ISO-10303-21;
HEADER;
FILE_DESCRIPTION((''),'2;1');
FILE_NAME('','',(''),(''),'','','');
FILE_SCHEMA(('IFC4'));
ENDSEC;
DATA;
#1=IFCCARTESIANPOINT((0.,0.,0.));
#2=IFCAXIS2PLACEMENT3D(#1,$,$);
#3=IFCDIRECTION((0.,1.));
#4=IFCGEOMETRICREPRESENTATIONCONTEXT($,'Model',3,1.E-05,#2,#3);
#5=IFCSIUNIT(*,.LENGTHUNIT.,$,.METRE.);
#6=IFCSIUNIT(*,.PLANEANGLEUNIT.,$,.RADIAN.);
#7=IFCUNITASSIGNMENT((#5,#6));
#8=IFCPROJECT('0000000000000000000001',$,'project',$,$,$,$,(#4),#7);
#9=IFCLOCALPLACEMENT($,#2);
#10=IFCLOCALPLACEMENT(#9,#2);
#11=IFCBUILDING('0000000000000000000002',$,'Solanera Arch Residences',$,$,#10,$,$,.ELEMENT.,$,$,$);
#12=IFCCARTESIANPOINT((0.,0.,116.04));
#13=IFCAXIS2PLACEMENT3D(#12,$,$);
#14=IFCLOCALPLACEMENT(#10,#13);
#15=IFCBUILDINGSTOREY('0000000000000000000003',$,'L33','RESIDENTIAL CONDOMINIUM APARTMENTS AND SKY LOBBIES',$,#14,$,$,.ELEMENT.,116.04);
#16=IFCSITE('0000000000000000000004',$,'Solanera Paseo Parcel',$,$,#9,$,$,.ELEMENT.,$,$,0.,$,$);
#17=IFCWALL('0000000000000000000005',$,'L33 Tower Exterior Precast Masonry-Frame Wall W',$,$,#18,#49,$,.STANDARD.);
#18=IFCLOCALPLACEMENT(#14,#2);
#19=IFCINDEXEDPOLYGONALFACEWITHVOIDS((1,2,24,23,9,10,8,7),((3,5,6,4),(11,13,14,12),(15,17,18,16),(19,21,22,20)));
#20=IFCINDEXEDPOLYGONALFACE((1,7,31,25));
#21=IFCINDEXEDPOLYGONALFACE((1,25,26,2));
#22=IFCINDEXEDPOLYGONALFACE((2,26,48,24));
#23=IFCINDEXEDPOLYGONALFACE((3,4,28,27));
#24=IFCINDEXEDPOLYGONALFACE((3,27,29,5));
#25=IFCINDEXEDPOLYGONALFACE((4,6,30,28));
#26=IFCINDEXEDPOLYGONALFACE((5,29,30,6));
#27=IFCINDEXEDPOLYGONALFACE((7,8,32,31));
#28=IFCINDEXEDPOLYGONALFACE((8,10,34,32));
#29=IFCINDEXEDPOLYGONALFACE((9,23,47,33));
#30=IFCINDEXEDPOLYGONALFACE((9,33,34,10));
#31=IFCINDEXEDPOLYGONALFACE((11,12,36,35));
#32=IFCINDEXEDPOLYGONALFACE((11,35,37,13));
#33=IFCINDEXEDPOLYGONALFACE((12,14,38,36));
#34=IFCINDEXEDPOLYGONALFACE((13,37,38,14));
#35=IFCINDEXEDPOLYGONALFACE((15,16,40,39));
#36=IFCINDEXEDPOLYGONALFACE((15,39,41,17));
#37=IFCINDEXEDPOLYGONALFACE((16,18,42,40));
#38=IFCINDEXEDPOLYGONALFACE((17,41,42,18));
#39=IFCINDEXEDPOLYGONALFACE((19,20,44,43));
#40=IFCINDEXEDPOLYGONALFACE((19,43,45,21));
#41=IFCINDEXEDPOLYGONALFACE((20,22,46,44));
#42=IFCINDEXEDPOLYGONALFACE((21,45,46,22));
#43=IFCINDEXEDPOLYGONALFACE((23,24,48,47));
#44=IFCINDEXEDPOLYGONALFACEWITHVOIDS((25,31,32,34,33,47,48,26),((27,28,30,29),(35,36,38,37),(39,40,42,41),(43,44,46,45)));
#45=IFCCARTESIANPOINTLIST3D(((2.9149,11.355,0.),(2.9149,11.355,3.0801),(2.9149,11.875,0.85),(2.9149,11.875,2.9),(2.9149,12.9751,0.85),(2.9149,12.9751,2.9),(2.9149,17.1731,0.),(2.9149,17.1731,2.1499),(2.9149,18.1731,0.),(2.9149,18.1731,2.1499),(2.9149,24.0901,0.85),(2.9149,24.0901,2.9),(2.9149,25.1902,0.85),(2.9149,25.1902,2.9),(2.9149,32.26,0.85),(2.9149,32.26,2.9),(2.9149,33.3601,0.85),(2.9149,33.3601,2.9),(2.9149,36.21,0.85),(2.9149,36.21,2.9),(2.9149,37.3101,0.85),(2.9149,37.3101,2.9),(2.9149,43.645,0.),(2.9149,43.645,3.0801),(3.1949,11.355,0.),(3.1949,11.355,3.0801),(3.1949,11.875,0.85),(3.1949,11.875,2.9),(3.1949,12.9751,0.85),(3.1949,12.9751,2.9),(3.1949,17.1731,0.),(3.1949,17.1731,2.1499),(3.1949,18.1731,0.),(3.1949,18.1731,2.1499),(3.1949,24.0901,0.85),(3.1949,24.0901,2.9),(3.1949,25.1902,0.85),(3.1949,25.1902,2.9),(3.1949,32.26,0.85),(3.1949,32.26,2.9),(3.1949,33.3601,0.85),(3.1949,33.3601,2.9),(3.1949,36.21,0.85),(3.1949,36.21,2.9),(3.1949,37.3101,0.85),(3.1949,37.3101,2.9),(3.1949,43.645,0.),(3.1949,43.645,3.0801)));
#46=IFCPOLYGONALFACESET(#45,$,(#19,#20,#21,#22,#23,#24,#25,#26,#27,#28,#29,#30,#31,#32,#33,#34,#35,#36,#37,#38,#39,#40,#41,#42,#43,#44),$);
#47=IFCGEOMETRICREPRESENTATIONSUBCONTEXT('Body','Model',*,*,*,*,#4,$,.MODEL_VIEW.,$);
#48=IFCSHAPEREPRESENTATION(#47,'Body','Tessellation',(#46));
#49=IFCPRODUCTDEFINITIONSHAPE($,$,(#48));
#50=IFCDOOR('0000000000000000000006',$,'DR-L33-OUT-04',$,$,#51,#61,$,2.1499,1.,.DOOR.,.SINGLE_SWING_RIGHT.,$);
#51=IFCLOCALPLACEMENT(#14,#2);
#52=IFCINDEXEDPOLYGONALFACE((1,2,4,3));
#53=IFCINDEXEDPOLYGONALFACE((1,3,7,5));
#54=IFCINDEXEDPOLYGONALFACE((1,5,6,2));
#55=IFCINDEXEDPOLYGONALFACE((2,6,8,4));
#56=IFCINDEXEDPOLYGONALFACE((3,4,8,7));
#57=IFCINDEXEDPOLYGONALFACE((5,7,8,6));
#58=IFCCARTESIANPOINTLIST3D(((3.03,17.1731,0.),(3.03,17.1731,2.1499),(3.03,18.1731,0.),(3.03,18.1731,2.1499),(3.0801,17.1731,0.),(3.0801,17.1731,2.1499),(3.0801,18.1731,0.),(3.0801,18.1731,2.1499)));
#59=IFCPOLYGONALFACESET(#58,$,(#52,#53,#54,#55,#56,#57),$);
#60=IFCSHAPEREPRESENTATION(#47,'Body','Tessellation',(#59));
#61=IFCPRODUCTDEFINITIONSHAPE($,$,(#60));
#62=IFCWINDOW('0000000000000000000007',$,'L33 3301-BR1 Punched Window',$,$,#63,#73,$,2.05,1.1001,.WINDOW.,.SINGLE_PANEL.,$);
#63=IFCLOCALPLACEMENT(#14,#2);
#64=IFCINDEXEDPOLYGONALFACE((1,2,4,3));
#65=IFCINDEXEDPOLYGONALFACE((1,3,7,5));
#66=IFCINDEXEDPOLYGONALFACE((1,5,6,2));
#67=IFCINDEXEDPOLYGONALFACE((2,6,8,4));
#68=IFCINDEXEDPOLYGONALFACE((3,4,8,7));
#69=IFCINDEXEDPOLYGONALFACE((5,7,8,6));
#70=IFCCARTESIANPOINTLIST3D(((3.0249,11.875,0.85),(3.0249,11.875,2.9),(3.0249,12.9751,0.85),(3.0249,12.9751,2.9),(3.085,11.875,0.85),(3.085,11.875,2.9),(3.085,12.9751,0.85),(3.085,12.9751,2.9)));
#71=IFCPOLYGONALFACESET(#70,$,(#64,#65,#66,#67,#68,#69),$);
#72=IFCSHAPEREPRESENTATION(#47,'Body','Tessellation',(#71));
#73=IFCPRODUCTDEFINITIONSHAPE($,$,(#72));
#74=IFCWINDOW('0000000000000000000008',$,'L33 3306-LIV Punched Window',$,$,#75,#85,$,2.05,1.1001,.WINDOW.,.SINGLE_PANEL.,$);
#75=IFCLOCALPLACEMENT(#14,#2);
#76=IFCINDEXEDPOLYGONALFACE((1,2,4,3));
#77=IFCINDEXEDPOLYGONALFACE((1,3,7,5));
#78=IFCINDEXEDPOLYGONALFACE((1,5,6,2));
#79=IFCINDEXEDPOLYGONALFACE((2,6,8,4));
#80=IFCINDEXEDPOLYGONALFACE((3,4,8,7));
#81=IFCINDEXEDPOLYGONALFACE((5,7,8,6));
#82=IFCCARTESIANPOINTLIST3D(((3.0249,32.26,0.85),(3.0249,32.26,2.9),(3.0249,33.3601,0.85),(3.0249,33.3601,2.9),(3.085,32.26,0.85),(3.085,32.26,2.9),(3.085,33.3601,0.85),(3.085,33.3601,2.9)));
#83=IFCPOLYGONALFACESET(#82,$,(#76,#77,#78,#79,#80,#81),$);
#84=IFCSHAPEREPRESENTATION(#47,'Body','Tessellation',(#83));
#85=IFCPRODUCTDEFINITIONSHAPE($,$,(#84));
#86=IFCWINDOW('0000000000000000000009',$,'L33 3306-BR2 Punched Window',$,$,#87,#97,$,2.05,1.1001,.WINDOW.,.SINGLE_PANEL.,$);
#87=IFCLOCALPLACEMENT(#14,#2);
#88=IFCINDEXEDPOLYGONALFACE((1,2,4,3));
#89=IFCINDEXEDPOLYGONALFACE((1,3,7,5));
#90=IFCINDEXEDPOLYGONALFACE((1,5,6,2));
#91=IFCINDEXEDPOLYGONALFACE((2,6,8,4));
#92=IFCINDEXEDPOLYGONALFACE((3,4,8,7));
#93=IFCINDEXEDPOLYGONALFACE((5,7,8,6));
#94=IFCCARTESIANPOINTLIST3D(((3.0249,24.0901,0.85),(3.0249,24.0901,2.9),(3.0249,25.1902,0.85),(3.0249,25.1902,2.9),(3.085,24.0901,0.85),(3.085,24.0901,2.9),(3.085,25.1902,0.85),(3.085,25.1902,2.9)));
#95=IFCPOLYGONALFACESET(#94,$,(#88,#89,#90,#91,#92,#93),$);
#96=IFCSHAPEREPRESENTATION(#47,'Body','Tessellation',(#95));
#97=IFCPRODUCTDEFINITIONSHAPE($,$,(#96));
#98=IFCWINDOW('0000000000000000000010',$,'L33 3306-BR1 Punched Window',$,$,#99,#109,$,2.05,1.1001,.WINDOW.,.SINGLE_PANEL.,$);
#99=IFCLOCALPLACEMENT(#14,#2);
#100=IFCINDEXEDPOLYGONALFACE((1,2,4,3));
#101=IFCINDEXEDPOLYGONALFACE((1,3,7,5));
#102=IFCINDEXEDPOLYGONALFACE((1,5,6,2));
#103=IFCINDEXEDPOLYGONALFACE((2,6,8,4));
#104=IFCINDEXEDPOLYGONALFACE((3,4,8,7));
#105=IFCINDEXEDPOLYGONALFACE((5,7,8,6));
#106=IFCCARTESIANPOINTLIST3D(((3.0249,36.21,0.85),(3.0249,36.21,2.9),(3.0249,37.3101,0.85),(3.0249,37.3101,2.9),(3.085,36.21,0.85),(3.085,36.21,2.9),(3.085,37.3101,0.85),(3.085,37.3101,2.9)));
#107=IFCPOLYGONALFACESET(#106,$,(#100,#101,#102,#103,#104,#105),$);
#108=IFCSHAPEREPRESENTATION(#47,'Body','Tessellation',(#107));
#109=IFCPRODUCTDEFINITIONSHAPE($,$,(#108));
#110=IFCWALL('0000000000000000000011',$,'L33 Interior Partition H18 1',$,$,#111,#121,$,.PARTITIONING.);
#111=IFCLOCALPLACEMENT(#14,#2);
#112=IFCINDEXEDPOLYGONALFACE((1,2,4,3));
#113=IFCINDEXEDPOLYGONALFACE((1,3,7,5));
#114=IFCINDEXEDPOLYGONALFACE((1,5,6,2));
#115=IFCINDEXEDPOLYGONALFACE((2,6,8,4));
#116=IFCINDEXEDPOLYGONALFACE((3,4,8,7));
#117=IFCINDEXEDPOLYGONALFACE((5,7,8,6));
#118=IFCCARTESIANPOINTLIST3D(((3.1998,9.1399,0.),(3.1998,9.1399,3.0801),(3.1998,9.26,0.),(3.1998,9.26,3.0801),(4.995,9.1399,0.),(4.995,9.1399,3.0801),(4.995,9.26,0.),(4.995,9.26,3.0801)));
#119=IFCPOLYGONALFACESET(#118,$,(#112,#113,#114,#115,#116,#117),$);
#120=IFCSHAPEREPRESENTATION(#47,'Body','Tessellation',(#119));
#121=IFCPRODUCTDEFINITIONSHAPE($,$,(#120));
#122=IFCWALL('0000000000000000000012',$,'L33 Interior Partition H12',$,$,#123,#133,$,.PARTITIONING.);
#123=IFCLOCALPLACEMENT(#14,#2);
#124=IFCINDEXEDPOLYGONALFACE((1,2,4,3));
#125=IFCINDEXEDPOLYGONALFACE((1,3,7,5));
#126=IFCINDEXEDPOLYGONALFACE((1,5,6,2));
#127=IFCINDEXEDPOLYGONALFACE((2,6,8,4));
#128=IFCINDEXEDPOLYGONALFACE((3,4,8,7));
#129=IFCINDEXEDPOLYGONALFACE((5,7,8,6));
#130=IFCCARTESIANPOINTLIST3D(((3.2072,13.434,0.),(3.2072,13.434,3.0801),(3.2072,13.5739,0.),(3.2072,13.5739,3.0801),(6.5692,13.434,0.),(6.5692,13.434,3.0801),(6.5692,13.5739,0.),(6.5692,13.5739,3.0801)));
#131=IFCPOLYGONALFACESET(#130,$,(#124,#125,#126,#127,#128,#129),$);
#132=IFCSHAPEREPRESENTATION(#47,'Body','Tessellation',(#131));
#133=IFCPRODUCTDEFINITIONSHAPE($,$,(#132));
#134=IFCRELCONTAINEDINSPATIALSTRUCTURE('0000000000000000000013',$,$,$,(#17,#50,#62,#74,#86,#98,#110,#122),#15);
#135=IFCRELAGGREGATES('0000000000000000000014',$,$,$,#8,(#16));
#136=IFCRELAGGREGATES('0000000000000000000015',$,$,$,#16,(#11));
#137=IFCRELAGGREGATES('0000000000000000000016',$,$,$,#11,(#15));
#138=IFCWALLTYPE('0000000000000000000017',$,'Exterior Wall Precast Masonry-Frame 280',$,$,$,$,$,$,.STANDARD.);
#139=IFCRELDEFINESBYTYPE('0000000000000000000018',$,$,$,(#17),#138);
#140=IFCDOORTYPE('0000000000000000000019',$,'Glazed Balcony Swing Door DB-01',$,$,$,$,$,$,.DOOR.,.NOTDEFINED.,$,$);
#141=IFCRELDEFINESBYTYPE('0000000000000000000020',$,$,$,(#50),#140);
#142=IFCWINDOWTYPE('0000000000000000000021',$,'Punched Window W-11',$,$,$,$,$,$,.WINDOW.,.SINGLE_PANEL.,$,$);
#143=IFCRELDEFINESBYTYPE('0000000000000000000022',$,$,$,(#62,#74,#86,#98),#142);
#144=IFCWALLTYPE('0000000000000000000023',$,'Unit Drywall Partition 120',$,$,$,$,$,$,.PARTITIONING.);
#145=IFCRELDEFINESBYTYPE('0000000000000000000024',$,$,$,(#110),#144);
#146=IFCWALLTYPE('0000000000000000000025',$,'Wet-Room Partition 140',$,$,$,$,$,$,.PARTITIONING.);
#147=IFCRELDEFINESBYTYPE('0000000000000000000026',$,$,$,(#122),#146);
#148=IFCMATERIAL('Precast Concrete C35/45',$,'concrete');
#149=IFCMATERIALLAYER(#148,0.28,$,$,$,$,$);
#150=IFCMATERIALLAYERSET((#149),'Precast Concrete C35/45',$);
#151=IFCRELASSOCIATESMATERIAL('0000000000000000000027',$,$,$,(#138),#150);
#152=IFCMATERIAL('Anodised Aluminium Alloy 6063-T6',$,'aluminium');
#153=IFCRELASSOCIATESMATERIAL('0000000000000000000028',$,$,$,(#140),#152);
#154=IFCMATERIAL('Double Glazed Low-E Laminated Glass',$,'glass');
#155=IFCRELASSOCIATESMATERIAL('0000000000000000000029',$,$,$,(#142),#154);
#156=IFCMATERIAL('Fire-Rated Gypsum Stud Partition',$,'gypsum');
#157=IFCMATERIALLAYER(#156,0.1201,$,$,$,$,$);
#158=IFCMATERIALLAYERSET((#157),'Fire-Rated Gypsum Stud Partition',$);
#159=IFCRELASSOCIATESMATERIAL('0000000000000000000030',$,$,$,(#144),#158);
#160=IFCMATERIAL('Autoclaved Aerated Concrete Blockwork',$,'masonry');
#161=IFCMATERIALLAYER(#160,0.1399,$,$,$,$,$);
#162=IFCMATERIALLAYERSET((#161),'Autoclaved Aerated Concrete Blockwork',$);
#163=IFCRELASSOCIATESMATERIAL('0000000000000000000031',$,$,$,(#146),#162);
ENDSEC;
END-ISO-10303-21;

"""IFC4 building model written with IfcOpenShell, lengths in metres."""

from ifc_helpers import new_model, si_unit, direction, frame, frame_2d, origin, place, context, subcontext, project, spatial, rectangle, extrude, material, layer, layer_set, type_object, element, fill, save


model = new_model("IFC4")

# Units and contexts
model_context = context("Model", 3, precision=1e-05, world=origin(), true_north=direction((0.0, 1.0)))
body_context = subcontext(model_context, "Body", "Model", "MODEL_VIEW")
ifc_project = project(units=[si_unit("LENGTHUNIT", "METRE"), si_unit("PLANEANGLEUNIT", "RADIAN")], contexts=[model_context])

# Site, building, storey
site_placement = place(None, origin())
site = spatial("IfcSite", under=ifc_project, at=site_placement, Name="Solanera Paseo Parcel", CompositionType="ELEMENT", RefElevation=0.0)
building_placement = place(site_placement, origin())
building = spatial("IfcBuilding", under=site, at=building_placement, Name="Solanera Arch Residences", CompositionType="ELEMENT")
storey_placement = place(building_placement, frame((0.0, 0.0, 116.04)))
storey = spatial("IfcBuildingStorey", under=building, at=storey_placement, Name="L33", Description="RESIDENTIAL CONDOMINIUM APARTMENTS AND SKY LOBBIES", CompositionType="ELEMENT", Elevation=116.04)

# Wall, openings, door, windows
ifc_material_1 = material(Name="Precast Concrete C35/45", Category="concrete")
ifc_layer_1 = layer(ifc_material_1, 0.28)
ifc_layer_set_1 = layer_set([ifc_layer_1], Name="Precast Concrete C35/45")
wall_type_1 = type_object("IfcWallType", Name="Exterior Wall Precast Masonry-Frame 280", PredefinedType="STANDARD", material=ifc_layer_set_1)
wall_1_placement = place(storey_placement, frame((3.0549, 11.355, 0.0), z_axis=(0.0, 0.0, 1.0), x_axis=(0.0, 1.0, 0.0)))
wall_1 = element("IfcWall", 1, at=wall_1_placement, inside=storey, type_object=wall_type_1, Name="L33 Tower Exterior Precast Masonry-Frame Wall W", PredefinedType="STANDARD", context=body_context, shape_type="SweptSolid", body=[
    extrude(rectangle(XDim=32.29, YDim=0.28, at=frame_2d((16.145, 0.0))), origin(), (0.0, 0.0, 1.0), 3.0801),
])
opening_1_placement = place(wall_1_placement, frame((5.8181, 0.0, 0.0)))
opening_1 = element("IfcOpeningElement", 2, at=opening_1_placement, cuts=wall_1, PredefinedType="OPENING", context=body_context, shape_type="SweptSolid", body=[
    extrude(rectangle(XDim=1.0, YDim=2.1499, at=frame_2d((0.5, 1.075))), frame((0.0, 0.1499, 0.0), z_axis=(0.0, -1.0, 0.0), x_axis=(1.0, 0.0, 0.0)), (0.0, 0.0, 1.0), 0.3),
])
opening_2_placement = place(wall_1_placement, frame((0.52, 0.0, 0.8501)))
opening_2 = element("IfcOpeningElement", 3, at=opening_2_placement, cuts=wall_1, PredefinedType="OPENING", context=body_context, shape_type="SweptSolid", body=[
    extrude(rectangle(XDim=1.1001, YDim=2.05, at=frame_2d((0.55, 1.0249))), frame((0.0, 0.1499, 0.0), z_axis=(0.0, -1.0, 0.0), x_axis=(1.0, 0.0, 0.0)), (0.0, 0.0, 1.0), 0.3),
])
opening_3_placement = place(wall_1_placement, frame((20.905, 0.0, 0.8501)))
opening_3 = element("IfcOpeningElement", 4, at=opening_3_placement, cuts=wall_1, PredefinedType="OPENING", context=body_context, shape_type="SweptSolid", body=[
    extrude(rectangle(XDim=1.1001, YDim=2.05, at=frame_2d((0.55, 1.0249))), frame((0.0, 0.1499, 0.0), z_axis=(0.0, -1.0, 0.0), x_axis=(1.0, 0.0, 0.0)), (0.0, 0.0, 1.0), 0.3),
])
opening_4_placement = place(wall_1_placement, frame((12.7351, 0.0, 0.8501)))
opening_4 = element("IfcOpeningElement", 5, at=opening_4_placement, cuts=wall_1, PredefinedType="OPENING", context=body_context, shape_type="SweptSolid", body=[
    extrude(rectangle(XDim=1.1001, YDim=2.05, at=frame_2d((0.55, 1.0249))), frame((0.0, 0.1499, 0.0), z_axis=(0.0, -1.0, 0.0), x_axis=(1.0, 0.0, 0.0)), (0.0, 0.0, 1.0), 0.3),
])
opening_5_placement = place(wall_1_placement, frame((24.855, 0.0, 0.8501)))
opening_5 = element("IfcOpeningElement", 6, at=opening_5_placement, cuts=wall_1, PredefinedType="OPENING", context=body_context, shape_type="SweptSolid", body=[
    extrude(rectangle(XDim=1.1001, YDim=2.05, at=frame_2d((0.55, 1.0249))), frame((0.0, 0.1499, 0.0), z_axis=(0.0, -1.0, 0.0), x_axis=(1.0, 0.0, 0.0)), (0.0, 0.0, 1.0), 0.3),
])
ifc_material_2 = material(Name="Anodised Aluminium Alloy 6063-T6", Category="aluminium")
door_type_1 = type_object("IfcDoorType", Name="Glazed Balcony Swing Door DB-01", OperationType="NOTDEFINED", PredefinedType="DOOR", material=ifc_material_2)
door_1_placement = place(opening_1_placement, origin())
door_1 = element("IfcDoor", 7, at=door_1_placement, inside=storey, type_object=door_type_1, Name="DR-L33-OUT-04", OperationType="SINGLE_SWING_RIGHT", OverallHeight=2.1499, OverallWidth=1.0, PredefinedType="DOOR", context=body_context, shape_type="SweptSolid", body=[
    extrude(rectangle(XDim=1.0, YDim=2.1499, at=frame_2d((0.5, 1.075))), frame((0.0, 0.0249, 0.0), z_axis=(0.0, -1.0, 0.0), x_axis=(1.0, 0.0, 0.0)), (0.0, 0.0, 1.0), 0.05),
])
fill(opening_1, door_1)
ifc_material_3 = material(Name="Double Glazed Low-E Laminated Glass", Category="glass")
window_type = type_object("IfcWindowType", Name="Punched Window W-11", PartitioningType="SINGLE_PANEL", PredefinedType="WINDOW", material=ifc_material_3)
window_1_placement = place(opening_2_placement, origin())
window_1 = element("IfcWindow", 8, at=window_1_placement, inside=storey, type_object=window_type, Name="L33 3301-BR1 Punched Window", OverallHeight=2.05, OverallWidth=1.1001, PartitioningType="SINGLE_PANEL", PredefinedType="WINDOW", context=body_context, shape_type="SweptSolid", body=[
    extrude(rectangle(XDim=1.1001, YDim=2.05, at=frame_2d((0.55, 1.0249))), frame((0.0, 0.03, 0.0), z_axis=(0.0, -1.0, 0.0), x_axis=(1.0, 0.0, 0.0)), (0.0, 0.0, 1.0), 0.0601),
])
fill(opening_2, window_1)
window_2_placement = place(opening_3_placement, origin())
window_2 = element("IfcWindow", 9, at=window_2_placement, inside=storey, type_object=window_type, Name="L33 3306-LIV Punched Window", OverallHeight=2.05, OverallWidth=1.1001, PartitioningType="SINGLE_PANEL", PredefinedType="WINDOW", context=body_context, shape_type="SweptSolid", body=[
    extrude(rectangle(XDim=1.1001, YDim=2.05, at=frame_2d((0.55, 1.0249))), frame((0.0, 0.03, 0.0), z_axis=(0.0, -1.0, 0.0), x_axis=(1.0, 0.0, 0.0)), (0.0, 0.0, 1.0), 0.0601),
])
fill(opening_3, window_2)
window_3_placement = place(opening_4_placement, origin())
window_3 = element("IfcWindow", 10, at=window_3_placement, inside=storey, type_object=window_type, Name="L33 3306-BR2 Punched Window", OverallHeight=2.05, OverallWidth=1.1001, PartitioningType="SINGLE_PANEL", PredefinedType="WINDOW", context=body_context, shape_type="SweptSolid", body=[
    extrude(rectangle(XDim=1.1001, YDim=2.05, at=frame_2d((0.55, 1.0249))), frame((0.0, 0.03, 0.0), z_axis=(0.0, -1.0, 0.0), x_axis=(1.0, 0.0, 0.0)), (0.0, 0.0, 1.0), 0.0601),
])
fill(opening_4, window_3)
window_4_placement = place(opening_5_placement, origin())
window_4 = element("IfcWindow", 11, at=window_4_placement, inside=storey, type_object=window_type, Name="L33 3306-BR1 Punched Window", OverallHeight=2.05, OverallWidth=1.1001, PartitioningType="SINGLE_PANEL", PredefinedType="WINDOW", context=body_context, shape_type="SweptSolid", body=[
    extrude(rectangle(XDim=1.1001, YDim=2.05, at=frame_2d((0.55, 1.0249))), frame((0.0, 0.03, 0.0), z_axis=(0.0, -1.0, 0.0), x_axis=(1.0, 0.0, 0.0)), (0.0, 0.0, 1.0), 0.0601),
])
fill(opening_5, window_4)

# Walls
ifc_material_4 = material(Name="Fire-Rated Gypsum Stud Partition", Category="gypsum")
ifc_layer_2 = layer(ifc_material_4, 0.1201)
ifc_layer_set_2 = layer_set([ifc_layer_2], Name="Fire-Rated Gypsum Stud Partition")
wall_type_2 = type_object("IfcWallType", Name="Unit Drywall Partition 120", PredefinedType="PARTITIONING", material=ifc_layer_set_2)
wall_2_placement = place(storey_placement, frame((3.2, 9.2, 0.0), z_axis=(0.0, 0.0, 1.0), x_axis=(1.0, 0.0, 0.0)))
element("IfcWall", 12, at=wall_2_placement, inside=storey, type_object=wall_type_2, Name="L33 Interior Partition H18 1", PredefinedType="PARTITIONING", context=body_context, shape_type="SweptSolid", body=[
    extrude(rectangle(XDim=1.7952, YDim=0.1201, at=frame_2d((0.8975, 0.0))), origin(), (0.0, 0.0, 1.0), 3.0801),
])
ifc_material_5 = material(Name="Autoclaved Aerated Concrete Blockwork", Category="masonry")
ifc_layer_3 = layer(ifc_material_5, 0.1399)
ifc_layer_set_3 = layer_set([ifc_layer_3], Name="Autoclaved Aerated Concrete Blockwork")
wall_type_3 = type_object("IfcWallType", Name="Wet-Room Partition 140", PredefinedType="PARTITIONING", material=ifc_layer_set_3)
wall_3_placement = place(storey_placement, frame((3.207, 13.5039, 0.0), z_axis=(0.0, 0.0, 1.0), x_axis=(1.0, 0.0, 0.0)))
element("IfcWall", 13, at=wall_3_placement, inside=storey, type_object=wall_type_3, Name="L33 Interior Partition H12", PredefinedType="PARTITIONING", context=body_context, shape_type="SweptSolid", body=[
    extrude(rectangle(XDim=3.3621, YDim=0.1399, at=frame_2d((1.6812, 0.0))), origin(), (0.0, 0.0, 1.0), 3.0801),
])

save(model, "model.ifc")
